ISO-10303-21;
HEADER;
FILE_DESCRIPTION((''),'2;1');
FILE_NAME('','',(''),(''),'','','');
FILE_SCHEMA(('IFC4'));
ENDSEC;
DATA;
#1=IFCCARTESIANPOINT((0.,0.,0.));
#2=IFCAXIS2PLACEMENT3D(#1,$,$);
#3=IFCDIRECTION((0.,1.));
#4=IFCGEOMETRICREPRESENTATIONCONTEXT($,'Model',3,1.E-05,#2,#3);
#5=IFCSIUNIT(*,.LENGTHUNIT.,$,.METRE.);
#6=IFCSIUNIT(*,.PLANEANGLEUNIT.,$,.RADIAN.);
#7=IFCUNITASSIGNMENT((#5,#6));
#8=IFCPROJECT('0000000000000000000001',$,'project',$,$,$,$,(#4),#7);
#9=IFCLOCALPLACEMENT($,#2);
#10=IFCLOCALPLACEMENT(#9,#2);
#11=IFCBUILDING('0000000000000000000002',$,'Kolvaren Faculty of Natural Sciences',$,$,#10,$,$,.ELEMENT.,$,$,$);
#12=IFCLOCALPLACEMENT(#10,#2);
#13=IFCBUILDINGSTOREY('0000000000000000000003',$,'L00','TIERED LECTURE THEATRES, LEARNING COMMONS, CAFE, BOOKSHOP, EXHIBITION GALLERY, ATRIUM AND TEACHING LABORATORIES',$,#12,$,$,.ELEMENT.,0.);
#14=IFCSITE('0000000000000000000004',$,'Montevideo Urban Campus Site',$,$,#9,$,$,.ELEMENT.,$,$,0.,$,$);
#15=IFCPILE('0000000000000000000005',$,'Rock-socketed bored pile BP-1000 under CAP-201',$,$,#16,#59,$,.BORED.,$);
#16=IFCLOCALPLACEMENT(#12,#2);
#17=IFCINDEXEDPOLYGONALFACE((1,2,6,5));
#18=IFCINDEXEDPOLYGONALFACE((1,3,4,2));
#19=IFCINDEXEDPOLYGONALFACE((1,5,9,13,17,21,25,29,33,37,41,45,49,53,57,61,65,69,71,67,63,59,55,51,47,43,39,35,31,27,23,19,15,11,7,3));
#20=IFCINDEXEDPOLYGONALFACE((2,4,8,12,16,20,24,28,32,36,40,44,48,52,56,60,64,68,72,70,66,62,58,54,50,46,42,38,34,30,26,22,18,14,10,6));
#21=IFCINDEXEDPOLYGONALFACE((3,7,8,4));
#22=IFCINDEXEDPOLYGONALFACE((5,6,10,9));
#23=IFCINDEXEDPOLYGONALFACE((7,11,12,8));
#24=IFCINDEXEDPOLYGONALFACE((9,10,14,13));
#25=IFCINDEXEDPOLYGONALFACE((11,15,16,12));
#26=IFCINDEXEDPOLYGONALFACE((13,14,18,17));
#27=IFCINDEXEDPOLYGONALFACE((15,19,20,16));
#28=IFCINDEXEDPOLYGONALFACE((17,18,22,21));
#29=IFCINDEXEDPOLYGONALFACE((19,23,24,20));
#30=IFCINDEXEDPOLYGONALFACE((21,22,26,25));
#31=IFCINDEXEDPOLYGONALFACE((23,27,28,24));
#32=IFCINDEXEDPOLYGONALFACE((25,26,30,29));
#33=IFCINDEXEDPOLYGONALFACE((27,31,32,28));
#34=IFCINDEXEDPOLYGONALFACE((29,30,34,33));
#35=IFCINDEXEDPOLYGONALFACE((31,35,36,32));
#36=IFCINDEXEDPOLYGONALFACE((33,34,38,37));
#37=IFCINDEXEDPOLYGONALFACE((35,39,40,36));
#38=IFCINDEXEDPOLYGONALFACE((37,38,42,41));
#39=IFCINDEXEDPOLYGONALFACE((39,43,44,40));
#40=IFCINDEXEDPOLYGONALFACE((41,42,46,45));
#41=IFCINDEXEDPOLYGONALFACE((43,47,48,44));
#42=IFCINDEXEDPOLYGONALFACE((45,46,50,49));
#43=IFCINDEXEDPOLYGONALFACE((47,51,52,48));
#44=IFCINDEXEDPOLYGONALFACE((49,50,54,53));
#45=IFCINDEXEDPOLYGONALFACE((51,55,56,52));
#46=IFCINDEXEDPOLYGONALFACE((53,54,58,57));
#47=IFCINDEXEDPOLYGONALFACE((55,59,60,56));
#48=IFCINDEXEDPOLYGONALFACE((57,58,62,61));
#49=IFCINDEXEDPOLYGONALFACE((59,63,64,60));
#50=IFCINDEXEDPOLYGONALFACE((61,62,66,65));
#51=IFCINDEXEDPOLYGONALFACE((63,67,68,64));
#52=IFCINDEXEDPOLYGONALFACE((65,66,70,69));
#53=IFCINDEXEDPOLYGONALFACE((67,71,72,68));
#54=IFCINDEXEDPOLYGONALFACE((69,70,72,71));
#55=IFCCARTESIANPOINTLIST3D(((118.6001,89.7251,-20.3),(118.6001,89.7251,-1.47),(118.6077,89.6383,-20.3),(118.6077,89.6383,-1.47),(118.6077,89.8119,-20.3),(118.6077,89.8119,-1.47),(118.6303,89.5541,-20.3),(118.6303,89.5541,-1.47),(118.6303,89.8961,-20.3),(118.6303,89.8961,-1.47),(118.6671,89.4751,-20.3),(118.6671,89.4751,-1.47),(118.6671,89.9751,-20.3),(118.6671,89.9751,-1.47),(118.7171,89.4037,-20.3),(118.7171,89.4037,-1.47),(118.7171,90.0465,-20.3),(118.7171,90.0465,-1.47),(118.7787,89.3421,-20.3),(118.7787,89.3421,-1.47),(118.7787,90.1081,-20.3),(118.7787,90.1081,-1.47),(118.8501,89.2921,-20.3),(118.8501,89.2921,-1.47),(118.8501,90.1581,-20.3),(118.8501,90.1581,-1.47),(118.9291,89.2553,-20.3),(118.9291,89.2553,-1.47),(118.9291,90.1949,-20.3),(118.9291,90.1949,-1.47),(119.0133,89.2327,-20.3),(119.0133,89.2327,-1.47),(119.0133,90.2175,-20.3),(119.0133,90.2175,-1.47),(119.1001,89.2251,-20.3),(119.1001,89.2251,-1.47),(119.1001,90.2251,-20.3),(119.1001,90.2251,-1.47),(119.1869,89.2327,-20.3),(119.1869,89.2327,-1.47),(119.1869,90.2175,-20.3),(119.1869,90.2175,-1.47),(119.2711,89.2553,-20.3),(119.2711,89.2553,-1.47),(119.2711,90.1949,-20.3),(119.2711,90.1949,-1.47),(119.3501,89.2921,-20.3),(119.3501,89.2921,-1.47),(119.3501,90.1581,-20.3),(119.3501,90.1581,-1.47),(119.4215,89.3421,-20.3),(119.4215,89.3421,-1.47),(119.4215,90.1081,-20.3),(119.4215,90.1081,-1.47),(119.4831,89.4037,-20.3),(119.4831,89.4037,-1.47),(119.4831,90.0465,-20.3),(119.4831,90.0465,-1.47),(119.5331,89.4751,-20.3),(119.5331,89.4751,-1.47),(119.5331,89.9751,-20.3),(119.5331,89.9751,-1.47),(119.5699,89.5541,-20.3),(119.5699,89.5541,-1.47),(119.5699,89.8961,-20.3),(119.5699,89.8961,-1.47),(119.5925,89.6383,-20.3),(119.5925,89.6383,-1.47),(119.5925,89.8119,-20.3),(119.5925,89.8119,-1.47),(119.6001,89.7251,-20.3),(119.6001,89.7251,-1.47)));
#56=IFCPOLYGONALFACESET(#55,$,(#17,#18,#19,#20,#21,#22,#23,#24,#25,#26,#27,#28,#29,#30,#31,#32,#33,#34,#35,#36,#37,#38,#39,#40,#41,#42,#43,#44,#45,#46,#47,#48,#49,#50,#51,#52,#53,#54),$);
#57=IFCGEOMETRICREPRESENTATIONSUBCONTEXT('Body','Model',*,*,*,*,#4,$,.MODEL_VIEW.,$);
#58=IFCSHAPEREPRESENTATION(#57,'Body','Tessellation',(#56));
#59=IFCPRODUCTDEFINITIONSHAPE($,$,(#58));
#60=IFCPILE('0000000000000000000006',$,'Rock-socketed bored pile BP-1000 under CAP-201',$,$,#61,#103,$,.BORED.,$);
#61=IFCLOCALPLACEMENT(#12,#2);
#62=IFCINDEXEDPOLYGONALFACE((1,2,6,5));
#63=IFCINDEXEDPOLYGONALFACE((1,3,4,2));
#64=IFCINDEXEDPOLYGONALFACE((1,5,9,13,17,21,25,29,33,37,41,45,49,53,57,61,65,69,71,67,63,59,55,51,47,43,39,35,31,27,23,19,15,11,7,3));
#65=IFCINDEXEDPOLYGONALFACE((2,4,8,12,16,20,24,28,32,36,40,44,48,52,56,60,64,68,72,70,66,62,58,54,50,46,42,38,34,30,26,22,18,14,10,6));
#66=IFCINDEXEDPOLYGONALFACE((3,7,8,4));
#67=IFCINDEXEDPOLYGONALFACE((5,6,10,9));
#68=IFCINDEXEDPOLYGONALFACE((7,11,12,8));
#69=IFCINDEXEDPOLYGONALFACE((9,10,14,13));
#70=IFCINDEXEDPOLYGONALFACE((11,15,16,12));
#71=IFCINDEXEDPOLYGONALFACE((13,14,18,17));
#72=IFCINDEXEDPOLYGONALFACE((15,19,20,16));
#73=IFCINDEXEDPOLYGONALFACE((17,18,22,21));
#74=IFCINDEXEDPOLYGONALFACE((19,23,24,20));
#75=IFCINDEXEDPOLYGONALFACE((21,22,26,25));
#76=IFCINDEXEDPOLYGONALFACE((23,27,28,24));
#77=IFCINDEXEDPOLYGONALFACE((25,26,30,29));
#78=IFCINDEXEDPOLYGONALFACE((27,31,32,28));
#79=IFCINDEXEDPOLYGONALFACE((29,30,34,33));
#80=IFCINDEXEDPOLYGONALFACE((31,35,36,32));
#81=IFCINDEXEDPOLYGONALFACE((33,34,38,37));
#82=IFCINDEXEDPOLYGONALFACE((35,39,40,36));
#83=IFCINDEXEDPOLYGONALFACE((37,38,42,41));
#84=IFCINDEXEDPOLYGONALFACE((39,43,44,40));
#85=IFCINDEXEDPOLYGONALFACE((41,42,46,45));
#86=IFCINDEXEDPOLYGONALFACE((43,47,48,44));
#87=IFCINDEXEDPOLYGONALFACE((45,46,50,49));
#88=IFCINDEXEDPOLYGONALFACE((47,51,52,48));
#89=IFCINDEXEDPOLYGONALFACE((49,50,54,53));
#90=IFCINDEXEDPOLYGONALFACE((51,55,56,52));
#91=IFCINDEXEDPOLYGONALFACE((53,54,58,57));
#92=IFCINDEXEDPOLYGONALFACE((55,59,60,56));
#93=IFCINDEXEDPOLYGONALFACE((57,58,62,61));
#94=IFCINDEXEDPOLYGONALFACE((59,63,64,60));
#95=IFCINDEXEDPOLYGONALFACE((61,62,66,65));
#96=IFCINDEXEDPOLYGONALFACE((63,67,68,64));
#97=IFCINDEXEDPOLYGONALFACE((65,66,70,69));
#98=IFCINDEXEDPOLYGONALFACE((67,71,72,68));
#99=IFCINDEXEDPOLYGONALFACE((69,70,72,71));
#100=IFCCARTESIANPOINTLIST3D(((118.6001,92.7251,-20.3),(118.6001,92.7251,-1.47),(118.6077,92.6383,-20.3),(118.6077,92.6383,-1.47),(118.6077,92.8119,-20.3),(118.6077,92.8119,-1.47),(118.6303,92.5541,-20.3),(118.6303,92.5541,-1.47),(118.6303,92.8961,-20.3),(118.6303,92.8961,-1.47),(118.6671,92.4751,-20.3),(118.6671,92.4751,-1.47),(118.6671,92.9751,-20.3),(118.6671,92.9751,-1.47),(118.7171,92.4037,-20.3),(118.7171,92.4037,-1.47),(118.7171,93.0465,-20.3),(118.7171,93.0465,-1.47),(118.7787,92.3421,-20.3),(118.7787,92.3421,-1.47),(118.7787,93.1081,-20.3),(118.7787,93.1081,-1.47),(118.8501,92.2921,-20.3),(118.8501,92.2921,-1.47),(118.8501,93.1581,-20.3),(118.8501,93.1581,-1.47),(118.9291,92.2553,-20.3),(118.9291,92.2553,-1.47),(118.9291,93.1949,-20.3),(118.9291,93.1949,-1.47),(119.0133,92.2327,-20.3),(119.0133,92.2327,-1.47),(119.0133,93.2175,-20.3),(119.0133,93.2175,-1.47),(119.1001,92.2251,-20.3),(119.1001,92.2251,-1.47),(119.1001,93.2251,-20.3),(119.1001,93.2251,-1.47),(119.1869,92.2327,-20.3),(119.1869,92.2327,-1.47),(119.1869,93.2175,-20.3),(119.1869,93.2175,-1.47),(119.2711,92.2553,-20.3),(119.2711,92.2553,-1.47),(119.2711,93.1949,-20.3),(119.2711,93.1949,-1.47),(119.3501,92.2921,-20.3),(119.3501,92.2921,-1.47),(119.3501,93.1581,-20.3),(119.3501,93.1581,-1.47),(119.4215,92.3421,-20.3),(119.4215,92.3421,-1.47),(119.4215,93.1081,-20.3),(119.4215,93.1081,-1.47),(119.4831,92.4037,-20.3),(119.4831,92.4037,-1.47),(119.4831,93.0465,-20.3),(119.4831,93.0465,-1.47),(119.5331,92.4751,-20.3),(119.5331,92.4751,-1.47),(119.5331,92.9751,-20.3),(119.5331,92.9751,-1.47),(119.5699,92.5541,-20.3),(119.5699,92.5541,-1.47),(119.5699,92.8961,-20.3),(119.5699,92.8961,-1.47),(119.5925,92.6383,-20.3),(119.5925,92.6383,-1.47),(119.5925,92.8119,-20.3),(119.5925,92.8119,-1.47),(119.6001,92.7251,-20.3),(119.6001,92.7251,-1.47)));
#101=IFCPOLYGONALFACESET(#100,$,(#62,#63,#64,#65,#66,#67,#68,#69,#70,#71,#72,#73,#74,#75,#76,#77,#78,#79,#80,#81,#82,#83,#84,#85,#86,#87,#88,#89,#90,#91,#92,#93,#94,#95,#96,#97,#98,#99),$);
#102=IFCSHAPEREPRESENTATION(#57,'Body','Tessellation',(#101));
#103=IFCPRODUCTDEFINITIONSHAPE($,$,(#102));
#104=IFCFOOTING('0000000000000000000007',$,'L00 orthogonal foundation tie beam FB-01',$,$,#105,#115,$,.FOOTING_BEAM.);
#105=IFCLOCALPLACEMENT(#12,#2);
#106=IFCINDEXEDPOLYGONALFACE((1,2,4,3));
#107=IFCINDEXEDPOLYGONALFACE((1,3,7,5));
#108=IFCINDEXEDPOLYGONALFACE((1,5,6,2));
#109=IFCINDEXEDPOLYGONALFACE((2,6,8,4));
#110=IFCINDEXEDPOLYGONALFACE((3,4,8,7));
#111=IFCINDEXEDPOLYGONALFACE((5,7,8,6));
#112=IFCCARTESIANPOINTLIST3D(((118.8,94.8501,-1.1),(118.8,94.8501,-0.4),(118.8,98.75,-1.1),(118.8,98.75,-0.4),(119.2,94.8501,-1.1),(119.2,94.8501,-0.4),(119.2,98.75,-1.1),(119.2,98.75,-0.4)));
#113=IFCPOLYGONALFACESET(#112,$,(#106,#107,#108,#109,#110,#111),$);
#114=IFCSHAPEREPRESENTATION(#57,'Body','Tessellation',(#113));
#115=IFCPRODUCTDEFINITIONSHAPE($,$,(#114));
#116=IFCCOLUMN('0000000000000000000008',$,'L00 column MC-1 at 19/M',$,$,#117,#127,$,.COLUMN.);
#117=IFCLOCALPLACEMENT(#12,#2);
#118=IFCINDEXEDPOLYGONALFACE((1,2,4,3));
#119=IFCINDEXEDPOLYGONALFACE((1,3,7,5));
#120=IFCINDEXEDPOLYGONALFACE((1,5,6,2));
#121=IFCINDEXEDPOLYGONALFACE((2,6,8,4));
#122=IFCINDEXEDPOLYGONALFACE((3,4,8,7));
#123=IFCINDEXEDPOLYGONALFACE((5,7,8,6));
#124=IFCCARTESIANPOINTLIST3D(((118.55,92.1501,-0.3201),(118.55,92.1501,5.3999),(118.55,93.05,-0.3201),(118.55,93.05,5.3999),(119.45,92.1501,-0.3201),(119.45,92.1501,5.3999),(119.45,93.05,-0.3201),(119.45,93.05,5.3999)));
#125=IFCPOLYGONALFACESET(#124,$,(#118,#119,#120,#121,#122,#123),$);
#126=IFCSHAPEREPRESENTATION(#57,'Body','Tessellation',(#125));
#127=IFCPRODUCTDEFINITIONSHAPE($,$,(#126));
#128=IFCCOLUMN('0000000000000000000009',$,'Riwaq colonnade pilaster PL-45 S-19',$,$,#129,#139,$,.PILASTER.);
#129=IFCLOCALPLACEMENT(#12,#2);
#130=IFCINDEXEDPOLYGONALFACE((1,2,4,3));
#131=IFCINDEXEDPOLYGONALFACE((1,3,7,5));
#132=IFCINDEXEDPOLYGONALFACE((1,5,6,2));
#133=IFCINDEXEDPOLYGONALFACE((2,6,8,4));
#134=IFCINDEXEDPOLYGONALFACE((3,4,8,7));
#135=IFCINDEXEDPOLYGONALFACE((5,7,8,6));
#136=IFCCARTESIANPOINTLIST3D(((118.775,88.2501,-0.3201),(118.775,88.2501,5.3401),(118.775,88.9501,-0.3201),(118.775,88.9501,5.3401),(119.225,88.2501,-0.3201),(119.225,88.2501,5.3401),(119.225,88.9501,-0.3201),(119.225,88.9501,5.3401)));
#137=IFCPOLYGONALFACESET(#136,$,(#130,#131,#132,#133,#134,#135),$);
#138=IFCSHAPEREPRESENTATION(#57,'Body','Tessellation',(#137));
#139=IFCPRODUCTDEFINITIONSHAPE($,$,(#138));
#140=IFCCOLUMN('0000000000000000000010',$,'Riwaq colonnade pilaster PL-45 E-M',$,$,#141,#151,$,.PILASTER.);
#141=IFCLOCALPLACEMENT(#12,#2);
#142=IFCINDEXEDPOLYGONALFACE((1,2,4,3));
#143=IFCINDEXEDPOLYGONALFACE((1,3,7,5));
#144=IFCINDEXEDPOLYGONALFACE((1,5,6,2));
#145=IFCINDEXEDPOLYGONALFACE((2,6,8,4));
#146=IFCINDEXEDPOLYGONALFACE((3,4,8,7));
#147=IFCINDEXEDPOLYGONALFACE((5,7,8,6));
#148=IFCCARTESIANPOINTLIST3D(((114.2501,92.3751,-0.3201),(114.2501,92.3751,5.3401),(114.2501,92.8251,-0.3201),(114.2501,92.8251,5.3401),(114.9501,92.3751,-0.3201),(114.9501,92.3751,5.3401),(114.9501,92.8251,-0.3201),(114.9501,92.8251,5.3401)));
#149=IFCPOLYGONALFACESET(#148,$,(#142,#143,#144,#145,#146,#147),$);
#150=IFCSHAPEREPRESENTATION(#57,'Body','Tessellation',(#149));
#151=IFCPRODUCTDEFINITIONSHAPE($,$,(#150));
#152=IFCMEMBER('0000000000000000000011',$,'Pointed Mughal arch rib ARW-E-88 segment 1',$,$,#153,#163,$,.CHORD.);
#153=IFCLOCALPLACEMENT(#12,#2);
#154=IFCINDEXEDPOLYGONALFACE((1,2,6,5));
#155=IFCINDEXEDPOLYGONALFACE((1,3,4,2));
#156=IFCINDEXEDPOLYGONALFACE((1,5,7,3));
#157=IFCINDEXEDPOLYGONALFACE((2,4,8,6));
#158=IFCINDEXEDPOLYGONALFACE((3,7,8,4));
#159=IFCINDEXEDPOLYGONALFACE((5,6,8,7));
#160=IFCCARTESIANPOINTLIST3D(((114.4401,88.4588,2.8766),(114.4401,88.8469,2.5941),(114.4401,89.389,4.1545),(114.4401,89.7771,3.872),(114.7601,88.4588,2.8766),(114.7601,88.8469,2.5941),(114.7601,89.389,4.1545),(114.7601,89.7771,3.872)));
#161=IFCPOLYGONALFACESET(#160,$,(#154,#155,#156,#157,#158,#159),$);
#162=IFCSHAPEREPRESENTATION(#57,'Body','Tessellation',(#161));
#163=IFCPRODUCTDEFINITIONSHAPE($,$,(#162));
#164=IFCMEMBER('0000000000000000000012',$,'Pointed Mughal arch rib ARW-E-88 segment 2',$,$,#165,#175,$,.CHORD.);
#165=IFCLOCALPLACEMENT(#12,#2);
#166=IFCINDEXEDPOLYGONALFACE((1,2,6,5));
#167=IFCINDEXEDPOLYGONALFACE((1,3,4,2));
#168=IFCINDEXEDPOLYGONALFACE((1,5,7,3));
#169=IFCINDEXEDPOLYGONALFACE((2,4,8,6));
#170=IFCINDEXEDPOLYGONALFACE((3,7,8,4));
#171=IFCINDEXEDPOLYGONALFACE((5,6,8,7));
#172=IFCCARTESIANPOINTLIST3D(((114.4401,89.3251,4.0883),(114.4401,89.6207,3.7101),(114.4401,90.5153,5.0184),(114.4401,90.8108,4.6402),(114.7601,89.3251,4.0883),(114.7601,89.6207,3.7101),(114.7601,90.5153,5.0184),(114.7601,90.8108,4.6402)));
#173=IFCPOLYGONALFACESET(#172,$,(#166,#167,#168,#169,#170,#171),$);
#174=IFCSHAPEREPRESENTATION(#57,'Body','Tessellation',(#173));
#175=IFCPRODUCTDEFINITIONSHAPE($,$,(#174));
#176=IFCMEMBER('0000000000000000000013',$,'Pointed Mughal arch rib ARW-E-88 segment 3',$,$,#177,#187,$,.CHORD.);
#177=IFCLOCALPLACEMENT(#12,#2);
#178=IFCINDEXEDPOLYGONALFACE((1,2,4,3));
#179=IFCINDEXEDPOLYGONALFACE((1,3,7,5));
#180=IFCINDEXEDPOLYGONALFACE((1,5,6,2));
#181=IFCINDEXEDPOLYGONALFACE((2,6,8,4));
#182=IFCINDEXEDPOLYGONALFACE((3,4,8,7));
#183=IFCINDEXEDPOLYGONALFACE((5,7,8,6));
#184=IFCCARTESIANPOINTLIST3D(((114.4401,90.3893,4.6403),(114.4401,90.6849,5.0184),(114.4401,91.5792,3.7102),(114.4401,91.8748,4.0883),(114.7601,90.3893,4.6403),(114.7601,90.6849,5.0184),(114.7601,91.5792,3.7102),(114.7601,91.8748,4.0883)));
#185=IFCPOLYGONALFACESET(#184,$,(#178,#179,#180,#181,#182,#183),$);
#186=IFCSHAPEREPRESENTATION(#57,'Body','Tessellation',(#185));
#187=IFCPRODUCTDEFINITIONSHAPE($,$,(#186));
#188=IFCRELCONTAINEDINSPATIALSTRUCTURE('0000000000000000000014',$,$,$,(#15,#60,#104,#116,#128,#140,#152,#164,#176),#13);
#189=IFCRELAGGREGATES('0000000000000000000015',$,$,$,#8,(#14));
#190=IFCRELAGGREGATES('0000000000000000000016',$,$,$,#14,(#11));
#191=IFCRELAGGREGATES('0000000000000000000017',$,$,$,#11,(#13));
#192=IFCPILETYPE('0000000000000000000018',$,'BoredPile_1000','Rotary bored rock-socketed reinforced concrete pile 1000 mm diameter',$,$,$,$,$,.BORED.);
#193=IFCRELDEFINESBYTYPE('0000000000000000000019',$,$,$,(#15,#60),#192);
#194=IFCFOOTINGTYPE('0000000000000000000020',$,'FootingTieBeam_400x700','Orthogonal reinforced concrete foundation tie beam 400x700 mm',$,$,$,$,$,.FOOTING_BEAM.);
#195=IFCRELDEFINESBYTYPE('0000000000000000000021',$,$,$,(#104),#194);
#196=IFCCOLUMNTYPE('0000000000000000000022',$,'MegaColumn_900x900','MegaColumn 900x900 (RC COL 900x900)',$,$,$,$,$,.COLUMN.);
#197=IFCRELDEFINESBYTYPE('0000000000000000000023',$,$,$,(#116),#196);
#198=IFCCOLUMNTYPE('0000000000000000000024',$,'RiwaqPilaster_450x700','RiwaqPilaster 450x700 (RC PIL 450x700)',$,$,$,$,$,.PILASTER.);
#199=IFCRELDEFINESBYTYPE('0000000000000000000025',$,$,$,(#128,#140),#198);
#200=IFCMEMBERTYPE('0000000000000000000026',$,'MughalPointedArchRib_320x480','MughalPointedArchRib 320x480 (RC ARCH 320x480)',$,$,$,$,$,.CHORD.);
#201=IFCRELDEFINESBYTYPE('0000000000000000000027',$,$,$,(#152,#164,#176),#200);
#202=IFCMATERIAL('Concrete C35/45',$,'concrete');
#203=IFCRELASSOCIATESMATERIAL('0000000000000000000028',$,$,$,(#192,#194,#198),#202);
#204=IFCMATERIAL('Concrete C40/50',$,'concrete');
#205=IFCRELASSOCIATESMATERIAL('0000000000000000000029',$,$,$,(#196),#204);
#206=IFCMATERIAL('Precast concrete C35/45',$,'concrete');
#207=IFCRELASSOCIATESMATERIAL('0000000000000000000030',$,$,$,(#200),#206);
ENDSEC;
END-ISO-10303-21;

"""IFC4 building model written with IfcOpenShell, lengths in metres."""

from ifc_helpers import new_model, si_unit, direction, frame, origin, origin_2d, place, context, subcontext, project, spatial, rectangle, circle, extrude, material, material_profile, profile_set, type_object, element, save


model = new_model("IFC4")

# Units and contexts
model_context = context("Model", 3, precision=1e-05, world=origin(), true_north=direction((0.0, 1.0)))
body_context = subcontext(model_context, "Body", "Model", "MODEL_VIEW")
ifc_project = project(units=[si_unit("LENGTHUNIT", "METRE"), si_unit("PLANEANGLEUNIT", "RADIAN")], contexts=[model_context])

# Site, building, storey
site_placement = place(None, origin())
site = spatial("IfcSite", under=ifc_project, at=site_placement, Name="Montevideo Urban Campus Site", CompositionType="ELEMENT", RefElevation=0.0)
building_placement = place(site_placement, origin())
building = spatial("IfcBuilding", under=site, at=building_placement, Name="Kolvaren Faculty of Natural Sciences", CompositionType="ELEMENT")
storey_placement = place(building_placement, origin())
storey = spatial("IfcBuildingStorey", under=building, at=storey_placement, Name="L00", Description="TIERED LECTURE THEATRES, LEARNING COMMONS, CAFE, BOOKSHOP, EXHIBITION GALLERY, ATRIUM AND TEACHING LABORATORIES", CompositionType="ELEMENT", Elevation=0.0)

# Piles
ifc_material_1 = material(Name="Concrete C35/45", Category="concrete")
ifc_material_profile_1 = material_profile(ifc_material_1, circle(Radius=0.5, at=origin_2d()), Name="PILE D1000")
ifc_profile_set_1 = profile_set([ifc_material_profile_1], Name="Concrete C35/45")
pile_type = type_object("IfcPileType", Name="BoredPile_1000", Description="Rotary bored rock-socketed reinforced concrete pile 1000 mm diameter", PredefinedType="BORED", material=ifc_profile_set_1)
for number, where, z_axis, x_axis, name in (
    (1, (119.1001, 89.7251, -1.47), (0.0, 0.0, -1.0), (1.0, 0.0, 0.0), "Rock-socketed bored pile BP-1000 under CAP-201"),
    (2, (119.1001, 92.7251, -1.47), (0.0, 0.0, -1.0), (1.0, 0.0, 0.0), "Rock-socketed bored pile BP-1000 under CAP-201"),
):
    element("IfcPile", number, at=place(storey_placement, frame(where, z_axis=z_axis, x_axis=x_axis)), inside=storey, type_object=pile_type, Name=name, PredefinedType="BORED", context=body_context, shape_type="SweptSolid", body=[
        extrude(circle(Radius=0.5, at=origin_2d()), origin(), (0.0, 0.0, 1.0), 18.8301),
    ])

# Footing
ifc_material_profile_2 = material_profile(ifc_material_1, rectangle(XDim=0.3999, YDim=0.7, at=origin_2d()), Name="RC FB 400x700")
ifc_profile_set_2 = profile_set([ifc_material_profile_2], Name="Concrete C35/45")
footing_type = type_object("IfcFootingType", Name="FootingTieBeam_400x700", Description="Orthogonal reinforced concrete foundation tie beam 400x700 mm", PredefinedType="FOOTING_BEAM", material=ifc_profile_set_2)
footing_placement = place(storey_placement, frame((119.0, 94.8501, -0.75), z_axis=(0.0, 1.0, 0.0), x_axis=(-1.0, 0.0, 0.0)))
element("IfcFooting", 3, at=footing_placement, inside=storey, type_object=footing_type, Name="L00 orthogonal foundation tie beam FB-01", PredefinedType="FOOTING_BEAM", context=body_context, shape_type="SweptSolid", body=[
    extrude(rectangle(XDim=0.3999, YDim=0.7, at=origin_2d()), origin(), (0.0, 0.0, 1.0), 3.8999),
])

# Columns
ifc_material_2 = material(Name="Concrete C40/50", Category="concrete")
ifc_material_profile_3 = material_profile(ifc_material_2, rectangle(XDim=0.8999, YDim=0.8999, at=origin_2d()), Name="RC COL 900x900")
ifc_profile_set_3 = profile_set([ifc_material_profile_3], Name="Concrete C40/50")
column_type_1 = type_object("IfcColumnType", Name="MegaColumn_900x900", Description="MegaColumn 900x900 (RC COL 900x900)", PredefinedType="COLUMN", material=ifc_profile_set_3)
column_placement = place(storey_placement, frame((119.0, 92.6001, -0.3201), z_axis=(0.0, 0.0, 1.0), x_axis=(1.0, 0.0, 0.0)))
element("IfcColumn", 4, at=column_placement, inside=storey, type_object=column_type_1, Name="L00 column MC-1 at 19/M", PredefinedType="COLUMN", context=body_context, shape_type="SweptSolid", body=[
    extrude(rectangle(XDim=0.8999, YDim=0.8999, at=origin_2d()), origin(), (0.0, 0.0, 1.0), 5.72),
])
ifc_material_profile_4 = material_profile(ifc_material_1, rectangle(XDim=0.45, YDim=0.7, at=origin_2d()), Name="RC PIL 450x700")
ifc_profile_set_4 = profile_set([ifc_material_profile_4], Name="Concrete C35/45")
column_type_2 = type_object("IfcColumnType", Name="RiwaqPilaster_450x700", Description="RiwaqPilaster 450x700 (RC PIL 450x700)", PredefinedType="PILASTER", material=ifc_profile_set_4)
for number, where, z_axis, x_axis, name in (
    (5, (119.0, 88.6001, -0.3201), (0.0, 0.0, 1.0), (1.0, 0.0, 0.0), "Riwaq colonnade pilaster PL-45 S-19"),
    (6, (114.6001, 92.6001, -0.3201), (0.0, 0.0, 1.0), (0.0, 1.0, 0.0), "Riwaq colonnade pilaster PL-45 E-M"),
):
    element("IfcColumn", number, at=place(storey_placement, frame(where, z_axis=z_axis, x_axis=x_axis)), inside=storey, type_object=column_type_2, Name=name, PredefinedType="PILASTER", context=body_context, shape_type="SweptSolid", body=[
        extrude(rectangle(XDim=0.45, YDim=0.7, at=origin_2d()), origin(), (0.0, 0.0, 1.0), 5.6602),
    ])

# Members
ifc_material_3 = material(Name="Precast concrete C35/45", Category="concrete")
ifc_material_profile_5 = material_profile(ifc_material_3, rectangle(XDim=0.3201, YDim=0.48, at=origin_2d()), Name="RC ARCH 320x480")
ifc_profile_set_5 = profile_set([ifc_material_profile_5], Name="Precast concrete C35/45")
member_type = type_object("IfcMemberType", Name="MughalPointedArchRib_320x480", Description="MughalPointedArchRib 320x480 (RC ARCH 320x480)", PredefinedType="CHORD", material=ifc_profile_set_5)
member_1_placement = place(storey_placement, frame((114.6001, 88.6528, 2.7354), z_axis=(0.0, 0.588521, 0.808482), x_axis=(-1.0, 0.0, 0.0)))
element("IfcMember", 7, at=member_1_placement, inside=storey, type_object=member_type, Name="Pointed Mughal arch rib ARW-E-88 segment 1", PredefinedType="CHORD", context=body_context, shape_type="SweptSolid", body=[
    extrude(rectangle(XDim=0.3201, YDim=0.48, at=origin_2d()), origin(), (0.0, 0.0, 1.0), 1.5806),
])
member_2_placement = place(storey_placement, frame((114.6001, 89.4729, 3.8992), z_axis=(0.0, 0.787914, 0.615785), x_axis=(-1.0, 0.0, 0.0)))
element("IfcMember", 8, at=member_2_placement, inside=storey, type_object=member_type, Name="Pointed Mughal arch rib ARW-E-88 segment 2", PredefinedType="CHORD", context=body_context, shape_type="SweptSolid", body=[
    extrude(rectangle(XDim=0.3201, YDim=0.48, at=origin_2d()), origin(), (0.0, 0.0, 1.0), 1.5105),
])
member_3_placement = place(storey_placement, frame((114.6001, 90.5371, 4.8293), z_axis=(0.0, 0.787853, -0.615864), x_axis=(-1.0, 0.0, 0.0)))
element("IfcMember", 9, at=member_3_placement, inside=storey, type_object=member_type, Name="Pointed Mughal arch rib ARW-E-88 segment 3", PredefinedType="CHORD", context=body_context, shape_type="SweptSolid", body=[
    extrude(rectangle(XDim=0.3201, YDim=0.48, at=origin_2d()), origin(), (0.0, 0.0, 1.0), 1.5103),
])

save(model, "model.ifc")
